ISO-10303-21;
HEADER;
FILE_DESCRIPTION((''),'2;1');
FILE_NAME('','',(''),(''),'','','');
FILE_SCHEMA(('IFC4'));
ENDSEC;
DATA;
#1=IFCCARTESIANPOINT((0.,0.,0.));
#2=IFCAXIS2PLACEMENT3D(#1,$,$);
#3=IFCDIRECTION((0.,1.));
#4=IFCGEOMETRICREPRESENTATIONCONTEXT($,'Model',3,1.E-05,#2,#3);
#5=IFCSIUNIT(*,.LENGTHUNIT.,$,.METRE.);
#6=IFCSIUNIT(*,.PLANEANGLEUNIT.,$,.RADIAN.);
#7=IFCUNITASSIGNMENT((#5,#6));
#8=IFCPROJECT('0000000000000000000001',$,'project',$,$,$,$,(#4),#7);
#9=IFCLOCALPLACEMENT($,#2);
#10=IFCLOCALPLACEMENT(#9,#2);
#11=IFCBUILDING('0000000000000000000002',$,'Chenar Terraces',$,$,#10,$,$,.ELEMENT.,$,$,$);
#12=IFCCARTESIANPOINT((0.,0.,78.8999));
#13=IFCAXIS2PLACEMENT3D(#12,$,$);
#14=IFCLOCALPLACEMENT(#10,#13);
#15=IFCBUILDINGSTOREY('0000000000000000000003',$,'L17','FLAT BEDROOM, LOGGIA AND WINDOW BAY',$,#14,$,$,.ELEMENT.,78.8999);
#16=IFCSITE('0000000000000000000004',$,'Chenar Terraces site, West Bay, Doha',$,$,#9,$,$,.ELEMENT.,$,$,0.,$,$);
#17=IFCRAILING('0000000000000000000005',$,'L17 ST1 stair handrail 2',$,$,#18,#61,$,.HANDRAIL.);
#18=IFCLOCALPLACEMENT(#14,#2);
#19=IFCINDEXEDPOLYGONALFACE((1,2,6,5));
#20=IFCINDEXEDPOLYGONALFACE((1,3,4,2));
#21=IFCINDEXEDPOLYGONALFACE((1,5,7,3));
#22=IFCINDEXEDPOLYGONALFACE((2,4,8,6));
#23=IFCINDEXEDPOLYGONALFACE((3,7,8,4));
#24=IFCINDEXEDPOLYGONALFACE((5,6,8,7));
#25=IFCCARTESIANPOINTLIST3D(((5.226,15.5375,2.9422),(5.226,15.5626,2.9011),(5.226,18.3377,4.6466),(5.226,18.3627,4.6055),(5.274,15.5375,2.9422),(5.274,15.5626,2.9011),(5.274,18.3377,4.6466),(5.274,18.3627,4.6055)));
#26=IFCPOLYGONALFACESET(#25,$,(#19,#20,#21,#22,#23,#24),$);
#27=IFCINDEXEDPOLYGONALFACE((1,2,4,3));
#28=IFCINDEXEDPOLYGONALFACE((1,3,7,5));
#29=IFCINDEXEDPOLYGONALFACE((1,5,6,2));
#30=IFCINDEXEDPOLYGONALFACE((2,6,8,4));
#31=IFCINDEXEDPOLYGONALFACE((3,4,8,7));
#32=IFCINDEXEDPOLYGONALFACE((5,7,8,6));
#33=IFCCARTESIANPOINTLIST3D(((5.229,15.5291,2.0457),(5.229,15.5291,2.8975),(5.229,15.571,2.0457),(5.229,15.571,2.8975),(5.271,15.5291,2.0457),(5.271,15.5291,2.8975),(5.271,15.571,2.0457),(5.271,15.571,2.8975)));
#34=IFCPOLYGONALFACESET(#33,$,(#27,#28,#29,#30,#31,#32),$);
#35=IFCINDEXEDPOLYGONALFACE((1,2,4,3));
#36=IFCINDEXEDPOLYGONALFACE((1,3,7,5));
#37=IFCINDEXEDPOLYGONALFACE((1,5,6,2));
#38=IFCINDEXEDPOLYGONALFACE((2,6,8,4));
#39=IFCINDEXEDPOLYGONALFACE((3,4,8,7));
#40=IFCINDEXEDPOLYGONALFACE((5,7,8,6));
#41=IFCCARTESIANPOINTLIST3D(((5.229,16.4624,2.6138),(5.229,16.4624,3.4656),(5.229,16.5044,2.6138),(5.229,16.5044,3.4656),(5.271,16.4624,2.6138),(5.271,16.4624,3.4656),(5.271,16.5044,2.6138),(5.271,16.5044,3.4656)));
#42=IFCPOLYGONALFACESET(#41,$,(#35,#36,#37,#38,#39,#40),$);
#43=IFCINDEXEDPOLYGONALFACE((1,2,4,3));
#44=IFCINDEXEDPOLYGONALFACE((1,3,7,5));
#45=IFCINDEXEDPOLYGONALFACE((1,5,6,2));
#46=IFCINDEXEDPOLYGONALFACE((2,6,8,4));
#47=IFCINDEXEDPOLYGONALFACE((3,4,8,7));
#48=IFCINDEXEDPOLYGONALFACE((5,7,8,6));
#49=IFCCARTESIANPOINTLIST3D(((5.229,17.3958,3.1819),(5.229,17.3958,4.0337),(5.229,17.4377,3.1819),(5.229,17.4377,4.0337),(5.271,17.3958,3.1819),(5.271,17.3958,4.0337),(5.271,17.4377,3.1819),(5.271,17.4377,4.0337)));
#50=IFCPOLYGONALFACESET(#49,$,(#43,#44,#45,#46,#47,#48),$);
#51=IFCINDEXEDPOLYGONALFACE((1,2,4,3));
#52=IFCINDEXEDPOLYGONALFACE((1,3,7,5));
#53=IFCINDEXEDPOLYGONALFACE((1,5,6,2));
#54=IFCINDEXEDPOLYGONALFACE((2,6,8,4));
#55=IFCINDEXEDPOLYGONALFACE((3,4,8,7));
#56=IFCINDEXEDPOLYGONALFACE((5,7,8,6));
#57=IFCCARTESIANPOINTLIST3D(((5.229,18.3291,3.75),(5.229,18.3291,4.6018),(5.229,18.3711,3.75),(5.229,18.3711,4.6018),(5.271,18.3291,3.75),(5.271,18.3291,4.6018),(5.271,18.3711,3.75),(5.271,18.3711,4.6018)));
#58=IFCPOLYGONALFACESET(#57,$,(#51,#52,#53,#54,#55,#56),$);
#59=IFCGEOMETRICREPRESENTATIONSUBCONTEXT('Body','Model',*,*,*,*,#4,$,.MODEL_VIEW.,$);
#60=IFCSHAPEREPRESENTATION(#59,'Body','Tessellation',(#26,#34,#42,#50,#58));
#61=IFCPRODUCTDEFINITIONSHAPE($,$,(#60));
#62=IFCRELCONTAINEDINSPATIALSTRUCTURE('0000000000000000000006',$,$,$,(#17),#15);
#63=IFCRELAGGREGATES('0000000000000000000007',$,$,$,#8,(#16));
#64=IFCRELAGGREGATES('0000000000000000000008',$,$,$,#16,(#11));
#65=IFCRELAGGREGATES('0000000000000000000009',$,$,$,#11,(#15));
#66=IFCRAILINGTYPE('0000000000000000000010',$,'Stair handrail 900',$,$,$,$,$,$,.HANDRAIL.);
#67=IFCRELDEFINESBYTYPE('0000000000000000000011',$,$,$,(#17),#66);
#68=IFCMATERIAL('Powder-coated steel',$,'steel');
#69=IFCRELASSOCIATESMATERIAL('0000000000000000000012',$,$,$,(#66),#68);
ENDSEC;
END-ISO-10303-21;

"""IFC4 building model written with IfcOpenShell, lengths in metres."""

from ifc_helpers import new_model, si_unit, direction, frame, origin, origin_2d, place, context, subcontext, project, spatial, rectangle, extrude, material, type_object, element, save


model = new_model("IFC4")

# Units and contexts
model_context = context("Model", 3, precision=1e-05, world=origin(), true_north=direction((0.0, 1.0)))
body_context = subcontext(model_context, "Body", "Model", "MODEL_VIEW")
ifc_project = project(units=[si_unit("LENGTHUNIT", "METRE"), si_unit("PLANEANGLEUNIT", "RADIAN")], contexts=[model_context])

# Site, building, storey
site_placement = place(None, origin())
site = spatial("IfcSite", under=ifc_project, at=site_placement, Name="Chenar Terraces site, West Bay, Doha", CompositionType="ELEMENT", RefElevation=0.0)
building_placement = place(site_placement, origin())
building = spatial("IfcBuilding", under=site, at=building_placement, Name="Chenar Terraces", CompositionType="ELEMENT")
storey_placement = place(building_placement, frame((0.0, 0.0, 78.8999)))
storey = spatial("IfcBuildingStorey", under=building, at=storey_placement, Name="L17", Description="FLAT BEDROOM, LOGGIA AND WINDOW BAY", CompositionType="ELEMENT", Elevation=78.8999)

# Railing
ifc_material_1 = material(Name="Powder-coated steel", Category="steel")
railing_type_1 = type_object("IfcRailingType", Name="Stair handrail 900", PredefinedType="HANDRAIL", material=ifc_material_1)
railing_1_placement = place(storey_placement, frame((5.25, 15.55, 2.0457)))
element("IfcRailing", 1, at=railing_1_placement, inside=storey, type_object=railing_type_1, Name="L17 ST1 stair handrail 2", PredefinedType="HANDRAIL", context=body_context, shape_type="SweptSolid", body=[
    extrude(rectangle(XDim=0.0481, YDim=0.0481, at=origin_2d()), frame((0.0, 0.0, 0.876), z_axis=(0.0, 0.854203, 0.51994), x_axis=(-1.0, 0.0, 0.0)), (0.0, 0.0, 1.0), 3.2781),
    extrude(rectangle(XDim=0.042, YDim=0.042, at=origin_2d()), origin(), (0.0, 0.0, 1.0), 0.8518),
    extrude(rectangle(XDim=0.042, YDim=0.042, at=origin_2d()), frame((0.0, 0.9333, 0.5681)), (0.0, 0.0, 1.0), 0.8518),
    extrude(rectangle(XDim=0.042, YDim=0.042, at=origin_2d()), frame((0.0, 1.8667, 1.1362)), (0.0, 0.0, 1.0), 0.8518),
    extrude(rectangle(XDim=0.042, YDim=0.042, at=origin_2d()), frame((0.0, 2.8, 1.7043)), (0.0, 0.0, 1.0), 0.8518),
])

save(model, "model.ifc")
